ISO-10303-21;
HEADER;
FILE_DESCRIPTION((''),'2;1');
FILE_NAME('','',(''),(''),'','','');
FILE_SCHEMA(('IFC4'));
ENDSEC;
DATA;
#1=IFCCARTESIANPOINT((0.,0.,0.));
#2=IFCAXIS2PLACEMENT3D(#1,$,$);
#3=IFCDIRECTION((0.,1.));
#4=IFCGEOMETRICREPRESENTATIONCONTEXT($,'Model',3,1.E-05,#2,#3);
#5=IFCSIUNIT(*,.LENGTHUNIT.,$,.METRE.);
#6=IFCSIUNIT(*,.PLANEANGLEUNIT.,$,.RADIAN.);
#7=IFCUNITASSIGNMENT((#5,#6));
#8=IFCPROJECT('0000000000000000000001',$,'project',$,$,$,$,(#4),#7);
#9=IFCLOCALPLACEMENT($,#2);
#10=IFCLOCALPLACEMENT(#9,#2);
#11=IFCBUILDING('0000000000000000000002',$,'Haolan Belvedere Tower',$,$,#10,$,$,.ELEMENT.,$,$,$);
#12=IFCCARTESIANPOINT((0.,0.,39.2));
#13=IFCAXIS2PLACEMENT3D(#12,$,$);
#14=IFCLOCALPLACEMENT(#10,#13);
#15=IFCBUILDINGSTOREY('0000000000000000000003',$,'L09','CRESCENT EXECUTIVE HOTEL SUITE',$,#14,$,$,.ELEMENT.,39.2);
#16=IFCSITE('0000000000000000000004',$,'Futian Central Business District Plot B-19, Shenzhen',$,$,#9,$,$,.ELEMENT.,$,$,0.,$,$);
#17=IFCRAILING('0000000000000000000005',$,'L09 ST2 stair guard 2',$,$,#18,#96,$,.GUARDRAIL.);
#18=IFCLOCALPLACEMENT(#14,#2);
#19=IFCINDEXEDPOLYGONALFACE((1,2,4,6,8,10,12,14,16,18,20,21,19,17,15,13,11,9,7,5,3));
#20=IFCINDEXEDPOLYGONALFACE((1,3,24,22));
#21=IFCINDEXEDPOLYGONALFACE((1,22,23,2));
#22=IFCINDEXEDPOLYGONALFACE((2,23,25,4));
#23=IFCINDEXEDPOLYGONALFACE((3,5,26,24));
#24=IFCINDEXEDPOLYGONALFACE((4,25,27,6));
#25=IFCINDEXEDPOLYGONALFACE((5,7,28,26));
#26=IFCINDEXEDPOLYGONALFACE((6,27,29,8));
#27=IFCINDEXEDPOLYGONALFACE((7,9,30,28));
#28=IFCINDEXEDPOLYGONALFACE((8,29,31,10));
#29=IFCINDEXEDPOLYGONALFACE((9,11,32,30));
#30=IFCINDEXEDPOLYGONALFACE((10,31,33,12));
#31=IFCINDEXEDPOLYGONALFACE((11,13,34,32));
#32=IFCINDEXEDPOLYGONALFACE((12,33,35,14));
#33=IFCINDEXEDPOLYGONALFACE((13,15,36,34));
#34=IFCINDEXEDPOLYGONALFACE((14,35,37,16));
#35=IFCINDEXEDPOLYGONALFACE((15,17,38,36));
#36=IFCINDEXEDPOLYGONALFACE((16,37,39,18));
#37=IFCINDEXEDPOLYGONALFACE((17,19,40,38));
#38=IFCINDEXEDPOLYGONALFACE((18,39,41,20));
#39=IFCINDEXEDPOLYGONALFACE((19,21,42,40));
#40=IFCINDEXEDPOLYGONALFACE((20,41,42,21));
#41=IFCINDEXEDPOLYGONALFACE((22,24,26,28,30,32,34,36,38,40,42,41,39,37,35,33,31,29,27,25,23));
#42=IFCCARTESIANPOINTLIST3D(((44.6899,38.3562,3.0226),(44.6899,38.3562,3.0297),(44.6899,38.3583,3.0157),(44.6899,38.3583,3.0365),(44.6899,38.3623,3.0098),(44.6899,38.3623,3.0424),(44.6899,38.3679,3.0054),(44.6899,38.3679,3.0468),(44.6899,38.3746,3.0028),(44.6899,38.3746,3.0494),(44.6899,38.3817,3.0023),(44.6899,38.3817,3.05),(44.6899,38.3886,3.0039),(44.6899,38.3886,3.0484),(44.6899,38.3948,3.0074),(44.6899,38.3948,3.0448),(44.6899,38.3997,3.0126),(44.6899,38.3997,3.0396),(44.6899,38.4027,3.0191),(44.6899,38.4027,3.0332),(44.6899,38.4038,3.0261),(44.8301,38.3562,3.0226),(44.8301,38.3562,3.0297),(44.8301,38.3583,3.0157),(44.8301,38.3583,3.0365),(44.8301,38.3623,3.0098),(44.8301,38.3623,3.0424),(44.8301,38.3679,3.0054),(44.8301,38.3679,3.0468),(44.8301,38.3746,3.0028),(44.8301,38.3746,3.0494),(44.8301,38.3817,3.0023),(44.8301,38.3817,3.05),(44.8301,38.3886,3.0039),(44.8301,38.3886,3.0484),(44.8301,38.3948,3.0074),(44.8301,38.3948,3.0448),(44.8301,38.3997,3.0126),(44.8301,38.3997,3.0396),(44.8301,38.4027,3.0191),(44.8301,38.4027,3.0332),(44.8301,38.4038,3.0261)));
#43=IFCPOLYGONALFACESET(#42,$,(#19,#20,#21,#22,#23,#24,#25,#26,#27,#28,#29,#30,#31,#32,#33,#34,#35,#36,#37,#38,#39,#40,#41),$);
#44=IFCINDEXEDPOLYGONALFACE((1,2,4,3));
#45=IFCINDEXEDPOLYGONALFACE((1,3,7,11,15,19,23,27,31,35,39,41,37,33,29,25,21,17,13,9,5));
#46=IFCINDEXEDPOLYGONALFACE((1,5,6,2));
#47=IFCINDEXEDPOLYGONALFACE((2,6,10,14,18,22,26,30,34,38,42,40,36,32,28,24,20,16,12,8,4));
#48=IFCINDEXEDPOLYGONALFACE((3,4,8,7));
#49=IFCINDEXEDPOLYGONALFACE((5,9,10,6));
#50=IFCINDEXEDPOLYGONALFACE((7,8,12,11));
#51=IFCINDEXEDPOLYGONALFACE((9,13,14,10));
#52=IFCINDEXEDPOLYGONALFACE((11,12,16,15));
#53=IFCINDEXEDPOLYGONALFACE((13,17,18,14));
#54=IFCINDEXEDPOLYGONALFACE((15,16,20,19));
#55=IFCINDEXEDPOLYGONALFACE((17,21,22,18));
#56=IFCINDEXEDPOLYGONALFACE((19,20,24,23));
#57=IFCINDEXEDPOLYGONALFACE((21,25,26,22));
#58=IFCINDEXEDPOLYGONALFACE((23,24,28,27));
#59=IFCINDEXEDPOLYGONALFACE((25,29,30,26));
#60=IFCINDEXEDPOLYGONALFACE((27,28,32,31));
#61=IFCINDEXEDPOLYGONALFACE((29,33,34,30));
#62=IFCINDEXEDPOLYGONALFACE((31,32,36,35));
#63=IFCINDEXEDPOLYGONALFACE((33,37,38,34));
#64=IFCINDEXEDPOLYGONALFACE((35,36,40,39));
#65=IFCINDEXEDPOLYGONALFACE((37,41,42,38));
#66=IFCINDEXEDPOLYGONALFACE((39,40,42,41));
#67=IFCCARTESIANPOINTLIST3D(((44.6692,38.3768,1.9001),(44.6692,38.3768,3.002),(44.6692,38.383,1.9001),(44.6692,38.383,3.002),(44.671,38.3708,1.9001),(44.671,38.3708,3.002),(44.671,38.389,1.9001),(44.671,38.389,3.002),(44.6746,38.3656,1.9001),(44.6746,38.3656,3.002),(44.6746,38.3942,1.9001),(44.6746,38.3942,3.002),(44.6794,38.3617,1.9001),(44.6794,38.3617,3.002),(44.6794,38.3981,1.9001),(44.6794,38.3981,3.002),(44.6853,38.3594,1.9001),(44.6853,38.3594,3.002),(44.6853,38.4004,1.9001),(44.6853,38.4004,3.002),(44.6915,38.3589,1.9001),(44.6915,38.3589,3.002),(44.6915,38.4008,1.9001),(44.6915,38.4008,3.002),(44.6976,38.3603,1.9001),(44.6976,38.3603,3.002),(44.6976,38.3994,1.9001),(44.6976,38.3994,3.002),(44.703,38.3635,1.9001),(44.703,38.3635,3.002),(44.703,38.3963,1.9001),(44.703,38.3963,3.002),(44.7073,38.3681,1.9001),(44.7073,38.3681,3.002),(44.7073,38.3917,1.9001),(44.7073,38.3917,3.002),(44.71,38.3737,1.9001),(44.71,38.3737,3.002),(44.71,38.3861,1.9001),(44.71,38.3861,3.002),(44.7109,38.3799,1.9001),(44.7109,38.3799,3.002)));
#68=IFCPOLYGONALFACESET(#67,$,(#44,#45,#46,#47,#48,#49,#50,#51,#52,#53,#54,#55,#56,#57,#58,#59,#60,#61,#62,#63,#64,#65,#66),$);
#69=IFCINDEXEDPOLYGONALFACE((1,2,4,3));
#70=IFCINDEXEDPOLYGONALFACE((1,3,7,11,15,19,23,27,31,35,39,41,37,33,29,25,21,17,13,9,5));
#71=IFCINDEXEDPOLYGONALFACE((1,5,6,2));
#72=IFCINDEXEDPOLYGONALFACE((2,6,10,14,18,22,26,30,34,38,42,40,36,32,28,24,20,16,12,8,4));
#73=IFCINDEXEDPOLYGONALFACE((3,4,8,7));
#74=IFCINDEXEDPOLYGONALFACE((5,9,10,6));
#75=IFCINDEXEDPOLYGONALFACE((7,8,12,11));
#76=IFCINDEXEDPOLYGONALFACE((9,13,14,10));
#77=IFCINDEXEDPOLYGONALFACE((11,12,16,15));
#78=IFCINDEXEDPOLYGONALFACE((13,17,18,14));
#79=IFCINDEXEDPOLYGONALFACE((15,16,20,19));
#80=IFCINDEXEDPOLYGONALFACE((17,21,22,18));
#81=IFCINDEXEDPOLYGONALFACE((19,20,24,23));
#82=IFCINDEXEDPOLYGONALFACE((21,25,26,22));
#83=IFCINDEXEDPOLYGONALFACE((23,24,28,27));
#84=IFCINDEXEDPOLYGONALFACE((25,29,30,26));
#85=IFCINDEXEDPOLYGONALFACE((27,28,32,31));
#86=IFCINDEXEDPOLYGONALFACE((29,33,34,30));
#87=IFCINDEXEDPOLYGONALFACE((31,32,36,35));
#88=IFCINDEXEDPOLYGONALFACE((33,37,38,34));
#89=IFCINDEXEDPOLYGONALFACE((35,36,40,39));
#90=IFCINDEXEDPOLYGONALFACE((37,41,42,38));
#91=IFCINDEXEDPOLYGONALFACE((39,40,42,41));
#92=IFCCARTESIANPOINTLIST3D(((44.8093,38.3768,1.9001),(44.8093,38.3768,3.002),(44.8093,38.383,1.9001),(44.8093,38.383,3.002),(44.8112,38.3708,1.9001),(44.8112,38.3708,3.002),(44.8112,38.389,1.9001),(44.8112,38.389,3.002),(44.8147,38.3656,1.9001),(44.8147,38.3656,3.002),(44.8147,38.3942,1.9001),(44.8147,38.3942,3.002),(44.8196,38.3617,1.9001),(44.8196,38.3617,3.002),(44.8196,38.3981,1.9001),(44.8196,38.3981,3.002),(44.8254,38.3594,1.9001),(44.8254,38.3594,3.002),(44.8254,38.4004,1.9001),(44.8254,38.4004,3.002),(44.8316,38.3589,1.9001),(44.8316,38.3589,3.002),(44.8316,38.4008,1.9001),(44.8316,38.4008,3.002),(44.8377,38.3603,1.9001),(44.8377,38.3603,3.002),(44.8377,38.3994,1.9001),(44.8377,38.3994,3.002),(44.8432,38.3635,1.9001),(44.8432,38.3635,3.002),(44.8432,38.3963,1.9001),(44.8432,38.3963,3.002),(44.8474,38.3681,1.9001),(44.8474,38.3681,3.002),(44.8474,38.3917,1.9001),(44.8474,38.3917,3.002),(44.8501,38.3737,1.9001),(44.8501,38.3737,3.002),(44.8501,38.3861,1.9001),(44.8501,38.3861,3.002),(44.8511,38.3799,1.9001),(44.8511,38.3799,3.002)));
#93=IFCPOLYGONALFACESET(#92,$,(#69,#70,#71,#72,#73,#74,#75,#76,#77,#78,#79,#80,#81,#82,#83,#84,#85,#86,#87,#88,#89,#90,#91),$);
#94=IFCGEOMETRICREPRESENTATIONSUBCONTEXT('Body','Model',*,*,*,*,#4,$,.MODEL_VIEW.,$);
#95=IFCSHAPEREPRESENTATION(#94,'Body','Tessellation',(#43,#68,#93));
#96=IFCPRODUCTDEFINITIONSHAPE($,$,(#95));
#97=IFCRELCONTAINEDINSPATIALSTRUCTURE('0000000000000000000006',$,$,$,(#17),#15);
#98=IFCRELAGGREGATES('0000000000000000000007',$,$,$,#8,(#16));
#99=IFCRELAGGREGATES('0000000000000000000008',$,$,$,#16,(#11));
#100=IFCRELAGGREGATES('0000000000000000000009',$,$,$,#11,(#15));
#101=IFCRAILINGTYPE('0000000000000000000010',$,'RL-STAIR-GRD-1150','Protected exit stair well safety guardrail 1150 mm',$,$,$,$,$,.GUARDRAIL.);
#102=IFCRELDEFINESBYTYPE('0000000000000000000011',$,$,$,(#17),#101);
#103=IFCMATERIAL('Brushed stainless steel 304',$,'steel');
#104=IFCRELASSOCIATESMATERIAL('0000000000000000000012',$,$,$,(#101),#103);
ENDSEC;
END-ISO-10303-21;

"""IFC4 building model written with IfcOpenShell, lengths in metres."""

from ifc_helpers import new_model, si_unit, direction, frame, origin, origin_2d, place, context, subcontext, project, spatial, circle, extrude, material, type_object, element, save


model = new_model("IFC4")

# Units and contexts
model_context = context("Model", 3, precision=1e-05, world=origin(), true_north=direction((0.0, 1.0)))
body_context = subcontext(model_context, "Body", "Model", "MODEL_VIEW")
ifc_project = project(units=[si_unit("LENGTHUNIT", "METRE"), si_unit("PLANEANGLEUNIT", "RADIAN")], contexts=[model_context])

# Site, building, storey
site_placement = place(None, origin())
site = spatial("IfcSite", under=ifc_project, at=site_placement, Name="Futian Central Business District Plot B-19, Shenzhen", CompositionType="ELEMENT", RefElevation=0.0)
building_placement = place(site_placement, origin())
building = spatial("IfcBuilding", under=site, at=building_placement, Name="Haolan Belvedere Tower", CompositionType="ELEMENT")
storey_placement = place(building_placement, frame((0.0, 0.0, 39.2)))
storey = spatial("IfcBuildingStorey", under=building, at=storey_placement, Name="L09", Description="CRESCENT EXECUTIVE HOTEL SUITE", CompositionType="ELEMENT", Elevation=39.2)

# Railing
ifc_material_1 = material(Name="Brushed stainless steel 304", Category="steel")
railing_type_1 = type_object("IfcRailingType", Name="RL-STAIR-GRD-1150", Description="Protected exit stair well safety guardrail 1150 mm", PredefinedType="GUARDRAIL", material=ifc_material_1)
railing_1_placement = place(storey_placement, frame((44.6899, 38.3799, 1.9001)))
element("IfcRailing", 1, at=railing_1_placement, inside=storey, type_object=railing_type_1, Name="L09 ST2 stair guard 2", PredefinedType="GUARDRAIL", context=body_context, shape_type="SweptSolid", body=[
    extrude(circle(Radius=0.0239, at=origin_2d()), frame((0.0, 0.0, 1.126), z_axis=(1.0, 0.0, 0.0), x_axis=(0.0, 1.0, 0.0)), (0.0, 0.0, 1.0), 0.1401),
    extrude(circle(Radius=0.021, at=origin_2d()), origin(), (0.0, 0.0, 1.0), 1.1018),
    extrude(circle(Radius=0.021, at=origin_2d()), frame((0.1401, 0.0, 0.0)), (0.0, 0.0, 1.0), 1.1018),
])

save(model, "model.ifc")
